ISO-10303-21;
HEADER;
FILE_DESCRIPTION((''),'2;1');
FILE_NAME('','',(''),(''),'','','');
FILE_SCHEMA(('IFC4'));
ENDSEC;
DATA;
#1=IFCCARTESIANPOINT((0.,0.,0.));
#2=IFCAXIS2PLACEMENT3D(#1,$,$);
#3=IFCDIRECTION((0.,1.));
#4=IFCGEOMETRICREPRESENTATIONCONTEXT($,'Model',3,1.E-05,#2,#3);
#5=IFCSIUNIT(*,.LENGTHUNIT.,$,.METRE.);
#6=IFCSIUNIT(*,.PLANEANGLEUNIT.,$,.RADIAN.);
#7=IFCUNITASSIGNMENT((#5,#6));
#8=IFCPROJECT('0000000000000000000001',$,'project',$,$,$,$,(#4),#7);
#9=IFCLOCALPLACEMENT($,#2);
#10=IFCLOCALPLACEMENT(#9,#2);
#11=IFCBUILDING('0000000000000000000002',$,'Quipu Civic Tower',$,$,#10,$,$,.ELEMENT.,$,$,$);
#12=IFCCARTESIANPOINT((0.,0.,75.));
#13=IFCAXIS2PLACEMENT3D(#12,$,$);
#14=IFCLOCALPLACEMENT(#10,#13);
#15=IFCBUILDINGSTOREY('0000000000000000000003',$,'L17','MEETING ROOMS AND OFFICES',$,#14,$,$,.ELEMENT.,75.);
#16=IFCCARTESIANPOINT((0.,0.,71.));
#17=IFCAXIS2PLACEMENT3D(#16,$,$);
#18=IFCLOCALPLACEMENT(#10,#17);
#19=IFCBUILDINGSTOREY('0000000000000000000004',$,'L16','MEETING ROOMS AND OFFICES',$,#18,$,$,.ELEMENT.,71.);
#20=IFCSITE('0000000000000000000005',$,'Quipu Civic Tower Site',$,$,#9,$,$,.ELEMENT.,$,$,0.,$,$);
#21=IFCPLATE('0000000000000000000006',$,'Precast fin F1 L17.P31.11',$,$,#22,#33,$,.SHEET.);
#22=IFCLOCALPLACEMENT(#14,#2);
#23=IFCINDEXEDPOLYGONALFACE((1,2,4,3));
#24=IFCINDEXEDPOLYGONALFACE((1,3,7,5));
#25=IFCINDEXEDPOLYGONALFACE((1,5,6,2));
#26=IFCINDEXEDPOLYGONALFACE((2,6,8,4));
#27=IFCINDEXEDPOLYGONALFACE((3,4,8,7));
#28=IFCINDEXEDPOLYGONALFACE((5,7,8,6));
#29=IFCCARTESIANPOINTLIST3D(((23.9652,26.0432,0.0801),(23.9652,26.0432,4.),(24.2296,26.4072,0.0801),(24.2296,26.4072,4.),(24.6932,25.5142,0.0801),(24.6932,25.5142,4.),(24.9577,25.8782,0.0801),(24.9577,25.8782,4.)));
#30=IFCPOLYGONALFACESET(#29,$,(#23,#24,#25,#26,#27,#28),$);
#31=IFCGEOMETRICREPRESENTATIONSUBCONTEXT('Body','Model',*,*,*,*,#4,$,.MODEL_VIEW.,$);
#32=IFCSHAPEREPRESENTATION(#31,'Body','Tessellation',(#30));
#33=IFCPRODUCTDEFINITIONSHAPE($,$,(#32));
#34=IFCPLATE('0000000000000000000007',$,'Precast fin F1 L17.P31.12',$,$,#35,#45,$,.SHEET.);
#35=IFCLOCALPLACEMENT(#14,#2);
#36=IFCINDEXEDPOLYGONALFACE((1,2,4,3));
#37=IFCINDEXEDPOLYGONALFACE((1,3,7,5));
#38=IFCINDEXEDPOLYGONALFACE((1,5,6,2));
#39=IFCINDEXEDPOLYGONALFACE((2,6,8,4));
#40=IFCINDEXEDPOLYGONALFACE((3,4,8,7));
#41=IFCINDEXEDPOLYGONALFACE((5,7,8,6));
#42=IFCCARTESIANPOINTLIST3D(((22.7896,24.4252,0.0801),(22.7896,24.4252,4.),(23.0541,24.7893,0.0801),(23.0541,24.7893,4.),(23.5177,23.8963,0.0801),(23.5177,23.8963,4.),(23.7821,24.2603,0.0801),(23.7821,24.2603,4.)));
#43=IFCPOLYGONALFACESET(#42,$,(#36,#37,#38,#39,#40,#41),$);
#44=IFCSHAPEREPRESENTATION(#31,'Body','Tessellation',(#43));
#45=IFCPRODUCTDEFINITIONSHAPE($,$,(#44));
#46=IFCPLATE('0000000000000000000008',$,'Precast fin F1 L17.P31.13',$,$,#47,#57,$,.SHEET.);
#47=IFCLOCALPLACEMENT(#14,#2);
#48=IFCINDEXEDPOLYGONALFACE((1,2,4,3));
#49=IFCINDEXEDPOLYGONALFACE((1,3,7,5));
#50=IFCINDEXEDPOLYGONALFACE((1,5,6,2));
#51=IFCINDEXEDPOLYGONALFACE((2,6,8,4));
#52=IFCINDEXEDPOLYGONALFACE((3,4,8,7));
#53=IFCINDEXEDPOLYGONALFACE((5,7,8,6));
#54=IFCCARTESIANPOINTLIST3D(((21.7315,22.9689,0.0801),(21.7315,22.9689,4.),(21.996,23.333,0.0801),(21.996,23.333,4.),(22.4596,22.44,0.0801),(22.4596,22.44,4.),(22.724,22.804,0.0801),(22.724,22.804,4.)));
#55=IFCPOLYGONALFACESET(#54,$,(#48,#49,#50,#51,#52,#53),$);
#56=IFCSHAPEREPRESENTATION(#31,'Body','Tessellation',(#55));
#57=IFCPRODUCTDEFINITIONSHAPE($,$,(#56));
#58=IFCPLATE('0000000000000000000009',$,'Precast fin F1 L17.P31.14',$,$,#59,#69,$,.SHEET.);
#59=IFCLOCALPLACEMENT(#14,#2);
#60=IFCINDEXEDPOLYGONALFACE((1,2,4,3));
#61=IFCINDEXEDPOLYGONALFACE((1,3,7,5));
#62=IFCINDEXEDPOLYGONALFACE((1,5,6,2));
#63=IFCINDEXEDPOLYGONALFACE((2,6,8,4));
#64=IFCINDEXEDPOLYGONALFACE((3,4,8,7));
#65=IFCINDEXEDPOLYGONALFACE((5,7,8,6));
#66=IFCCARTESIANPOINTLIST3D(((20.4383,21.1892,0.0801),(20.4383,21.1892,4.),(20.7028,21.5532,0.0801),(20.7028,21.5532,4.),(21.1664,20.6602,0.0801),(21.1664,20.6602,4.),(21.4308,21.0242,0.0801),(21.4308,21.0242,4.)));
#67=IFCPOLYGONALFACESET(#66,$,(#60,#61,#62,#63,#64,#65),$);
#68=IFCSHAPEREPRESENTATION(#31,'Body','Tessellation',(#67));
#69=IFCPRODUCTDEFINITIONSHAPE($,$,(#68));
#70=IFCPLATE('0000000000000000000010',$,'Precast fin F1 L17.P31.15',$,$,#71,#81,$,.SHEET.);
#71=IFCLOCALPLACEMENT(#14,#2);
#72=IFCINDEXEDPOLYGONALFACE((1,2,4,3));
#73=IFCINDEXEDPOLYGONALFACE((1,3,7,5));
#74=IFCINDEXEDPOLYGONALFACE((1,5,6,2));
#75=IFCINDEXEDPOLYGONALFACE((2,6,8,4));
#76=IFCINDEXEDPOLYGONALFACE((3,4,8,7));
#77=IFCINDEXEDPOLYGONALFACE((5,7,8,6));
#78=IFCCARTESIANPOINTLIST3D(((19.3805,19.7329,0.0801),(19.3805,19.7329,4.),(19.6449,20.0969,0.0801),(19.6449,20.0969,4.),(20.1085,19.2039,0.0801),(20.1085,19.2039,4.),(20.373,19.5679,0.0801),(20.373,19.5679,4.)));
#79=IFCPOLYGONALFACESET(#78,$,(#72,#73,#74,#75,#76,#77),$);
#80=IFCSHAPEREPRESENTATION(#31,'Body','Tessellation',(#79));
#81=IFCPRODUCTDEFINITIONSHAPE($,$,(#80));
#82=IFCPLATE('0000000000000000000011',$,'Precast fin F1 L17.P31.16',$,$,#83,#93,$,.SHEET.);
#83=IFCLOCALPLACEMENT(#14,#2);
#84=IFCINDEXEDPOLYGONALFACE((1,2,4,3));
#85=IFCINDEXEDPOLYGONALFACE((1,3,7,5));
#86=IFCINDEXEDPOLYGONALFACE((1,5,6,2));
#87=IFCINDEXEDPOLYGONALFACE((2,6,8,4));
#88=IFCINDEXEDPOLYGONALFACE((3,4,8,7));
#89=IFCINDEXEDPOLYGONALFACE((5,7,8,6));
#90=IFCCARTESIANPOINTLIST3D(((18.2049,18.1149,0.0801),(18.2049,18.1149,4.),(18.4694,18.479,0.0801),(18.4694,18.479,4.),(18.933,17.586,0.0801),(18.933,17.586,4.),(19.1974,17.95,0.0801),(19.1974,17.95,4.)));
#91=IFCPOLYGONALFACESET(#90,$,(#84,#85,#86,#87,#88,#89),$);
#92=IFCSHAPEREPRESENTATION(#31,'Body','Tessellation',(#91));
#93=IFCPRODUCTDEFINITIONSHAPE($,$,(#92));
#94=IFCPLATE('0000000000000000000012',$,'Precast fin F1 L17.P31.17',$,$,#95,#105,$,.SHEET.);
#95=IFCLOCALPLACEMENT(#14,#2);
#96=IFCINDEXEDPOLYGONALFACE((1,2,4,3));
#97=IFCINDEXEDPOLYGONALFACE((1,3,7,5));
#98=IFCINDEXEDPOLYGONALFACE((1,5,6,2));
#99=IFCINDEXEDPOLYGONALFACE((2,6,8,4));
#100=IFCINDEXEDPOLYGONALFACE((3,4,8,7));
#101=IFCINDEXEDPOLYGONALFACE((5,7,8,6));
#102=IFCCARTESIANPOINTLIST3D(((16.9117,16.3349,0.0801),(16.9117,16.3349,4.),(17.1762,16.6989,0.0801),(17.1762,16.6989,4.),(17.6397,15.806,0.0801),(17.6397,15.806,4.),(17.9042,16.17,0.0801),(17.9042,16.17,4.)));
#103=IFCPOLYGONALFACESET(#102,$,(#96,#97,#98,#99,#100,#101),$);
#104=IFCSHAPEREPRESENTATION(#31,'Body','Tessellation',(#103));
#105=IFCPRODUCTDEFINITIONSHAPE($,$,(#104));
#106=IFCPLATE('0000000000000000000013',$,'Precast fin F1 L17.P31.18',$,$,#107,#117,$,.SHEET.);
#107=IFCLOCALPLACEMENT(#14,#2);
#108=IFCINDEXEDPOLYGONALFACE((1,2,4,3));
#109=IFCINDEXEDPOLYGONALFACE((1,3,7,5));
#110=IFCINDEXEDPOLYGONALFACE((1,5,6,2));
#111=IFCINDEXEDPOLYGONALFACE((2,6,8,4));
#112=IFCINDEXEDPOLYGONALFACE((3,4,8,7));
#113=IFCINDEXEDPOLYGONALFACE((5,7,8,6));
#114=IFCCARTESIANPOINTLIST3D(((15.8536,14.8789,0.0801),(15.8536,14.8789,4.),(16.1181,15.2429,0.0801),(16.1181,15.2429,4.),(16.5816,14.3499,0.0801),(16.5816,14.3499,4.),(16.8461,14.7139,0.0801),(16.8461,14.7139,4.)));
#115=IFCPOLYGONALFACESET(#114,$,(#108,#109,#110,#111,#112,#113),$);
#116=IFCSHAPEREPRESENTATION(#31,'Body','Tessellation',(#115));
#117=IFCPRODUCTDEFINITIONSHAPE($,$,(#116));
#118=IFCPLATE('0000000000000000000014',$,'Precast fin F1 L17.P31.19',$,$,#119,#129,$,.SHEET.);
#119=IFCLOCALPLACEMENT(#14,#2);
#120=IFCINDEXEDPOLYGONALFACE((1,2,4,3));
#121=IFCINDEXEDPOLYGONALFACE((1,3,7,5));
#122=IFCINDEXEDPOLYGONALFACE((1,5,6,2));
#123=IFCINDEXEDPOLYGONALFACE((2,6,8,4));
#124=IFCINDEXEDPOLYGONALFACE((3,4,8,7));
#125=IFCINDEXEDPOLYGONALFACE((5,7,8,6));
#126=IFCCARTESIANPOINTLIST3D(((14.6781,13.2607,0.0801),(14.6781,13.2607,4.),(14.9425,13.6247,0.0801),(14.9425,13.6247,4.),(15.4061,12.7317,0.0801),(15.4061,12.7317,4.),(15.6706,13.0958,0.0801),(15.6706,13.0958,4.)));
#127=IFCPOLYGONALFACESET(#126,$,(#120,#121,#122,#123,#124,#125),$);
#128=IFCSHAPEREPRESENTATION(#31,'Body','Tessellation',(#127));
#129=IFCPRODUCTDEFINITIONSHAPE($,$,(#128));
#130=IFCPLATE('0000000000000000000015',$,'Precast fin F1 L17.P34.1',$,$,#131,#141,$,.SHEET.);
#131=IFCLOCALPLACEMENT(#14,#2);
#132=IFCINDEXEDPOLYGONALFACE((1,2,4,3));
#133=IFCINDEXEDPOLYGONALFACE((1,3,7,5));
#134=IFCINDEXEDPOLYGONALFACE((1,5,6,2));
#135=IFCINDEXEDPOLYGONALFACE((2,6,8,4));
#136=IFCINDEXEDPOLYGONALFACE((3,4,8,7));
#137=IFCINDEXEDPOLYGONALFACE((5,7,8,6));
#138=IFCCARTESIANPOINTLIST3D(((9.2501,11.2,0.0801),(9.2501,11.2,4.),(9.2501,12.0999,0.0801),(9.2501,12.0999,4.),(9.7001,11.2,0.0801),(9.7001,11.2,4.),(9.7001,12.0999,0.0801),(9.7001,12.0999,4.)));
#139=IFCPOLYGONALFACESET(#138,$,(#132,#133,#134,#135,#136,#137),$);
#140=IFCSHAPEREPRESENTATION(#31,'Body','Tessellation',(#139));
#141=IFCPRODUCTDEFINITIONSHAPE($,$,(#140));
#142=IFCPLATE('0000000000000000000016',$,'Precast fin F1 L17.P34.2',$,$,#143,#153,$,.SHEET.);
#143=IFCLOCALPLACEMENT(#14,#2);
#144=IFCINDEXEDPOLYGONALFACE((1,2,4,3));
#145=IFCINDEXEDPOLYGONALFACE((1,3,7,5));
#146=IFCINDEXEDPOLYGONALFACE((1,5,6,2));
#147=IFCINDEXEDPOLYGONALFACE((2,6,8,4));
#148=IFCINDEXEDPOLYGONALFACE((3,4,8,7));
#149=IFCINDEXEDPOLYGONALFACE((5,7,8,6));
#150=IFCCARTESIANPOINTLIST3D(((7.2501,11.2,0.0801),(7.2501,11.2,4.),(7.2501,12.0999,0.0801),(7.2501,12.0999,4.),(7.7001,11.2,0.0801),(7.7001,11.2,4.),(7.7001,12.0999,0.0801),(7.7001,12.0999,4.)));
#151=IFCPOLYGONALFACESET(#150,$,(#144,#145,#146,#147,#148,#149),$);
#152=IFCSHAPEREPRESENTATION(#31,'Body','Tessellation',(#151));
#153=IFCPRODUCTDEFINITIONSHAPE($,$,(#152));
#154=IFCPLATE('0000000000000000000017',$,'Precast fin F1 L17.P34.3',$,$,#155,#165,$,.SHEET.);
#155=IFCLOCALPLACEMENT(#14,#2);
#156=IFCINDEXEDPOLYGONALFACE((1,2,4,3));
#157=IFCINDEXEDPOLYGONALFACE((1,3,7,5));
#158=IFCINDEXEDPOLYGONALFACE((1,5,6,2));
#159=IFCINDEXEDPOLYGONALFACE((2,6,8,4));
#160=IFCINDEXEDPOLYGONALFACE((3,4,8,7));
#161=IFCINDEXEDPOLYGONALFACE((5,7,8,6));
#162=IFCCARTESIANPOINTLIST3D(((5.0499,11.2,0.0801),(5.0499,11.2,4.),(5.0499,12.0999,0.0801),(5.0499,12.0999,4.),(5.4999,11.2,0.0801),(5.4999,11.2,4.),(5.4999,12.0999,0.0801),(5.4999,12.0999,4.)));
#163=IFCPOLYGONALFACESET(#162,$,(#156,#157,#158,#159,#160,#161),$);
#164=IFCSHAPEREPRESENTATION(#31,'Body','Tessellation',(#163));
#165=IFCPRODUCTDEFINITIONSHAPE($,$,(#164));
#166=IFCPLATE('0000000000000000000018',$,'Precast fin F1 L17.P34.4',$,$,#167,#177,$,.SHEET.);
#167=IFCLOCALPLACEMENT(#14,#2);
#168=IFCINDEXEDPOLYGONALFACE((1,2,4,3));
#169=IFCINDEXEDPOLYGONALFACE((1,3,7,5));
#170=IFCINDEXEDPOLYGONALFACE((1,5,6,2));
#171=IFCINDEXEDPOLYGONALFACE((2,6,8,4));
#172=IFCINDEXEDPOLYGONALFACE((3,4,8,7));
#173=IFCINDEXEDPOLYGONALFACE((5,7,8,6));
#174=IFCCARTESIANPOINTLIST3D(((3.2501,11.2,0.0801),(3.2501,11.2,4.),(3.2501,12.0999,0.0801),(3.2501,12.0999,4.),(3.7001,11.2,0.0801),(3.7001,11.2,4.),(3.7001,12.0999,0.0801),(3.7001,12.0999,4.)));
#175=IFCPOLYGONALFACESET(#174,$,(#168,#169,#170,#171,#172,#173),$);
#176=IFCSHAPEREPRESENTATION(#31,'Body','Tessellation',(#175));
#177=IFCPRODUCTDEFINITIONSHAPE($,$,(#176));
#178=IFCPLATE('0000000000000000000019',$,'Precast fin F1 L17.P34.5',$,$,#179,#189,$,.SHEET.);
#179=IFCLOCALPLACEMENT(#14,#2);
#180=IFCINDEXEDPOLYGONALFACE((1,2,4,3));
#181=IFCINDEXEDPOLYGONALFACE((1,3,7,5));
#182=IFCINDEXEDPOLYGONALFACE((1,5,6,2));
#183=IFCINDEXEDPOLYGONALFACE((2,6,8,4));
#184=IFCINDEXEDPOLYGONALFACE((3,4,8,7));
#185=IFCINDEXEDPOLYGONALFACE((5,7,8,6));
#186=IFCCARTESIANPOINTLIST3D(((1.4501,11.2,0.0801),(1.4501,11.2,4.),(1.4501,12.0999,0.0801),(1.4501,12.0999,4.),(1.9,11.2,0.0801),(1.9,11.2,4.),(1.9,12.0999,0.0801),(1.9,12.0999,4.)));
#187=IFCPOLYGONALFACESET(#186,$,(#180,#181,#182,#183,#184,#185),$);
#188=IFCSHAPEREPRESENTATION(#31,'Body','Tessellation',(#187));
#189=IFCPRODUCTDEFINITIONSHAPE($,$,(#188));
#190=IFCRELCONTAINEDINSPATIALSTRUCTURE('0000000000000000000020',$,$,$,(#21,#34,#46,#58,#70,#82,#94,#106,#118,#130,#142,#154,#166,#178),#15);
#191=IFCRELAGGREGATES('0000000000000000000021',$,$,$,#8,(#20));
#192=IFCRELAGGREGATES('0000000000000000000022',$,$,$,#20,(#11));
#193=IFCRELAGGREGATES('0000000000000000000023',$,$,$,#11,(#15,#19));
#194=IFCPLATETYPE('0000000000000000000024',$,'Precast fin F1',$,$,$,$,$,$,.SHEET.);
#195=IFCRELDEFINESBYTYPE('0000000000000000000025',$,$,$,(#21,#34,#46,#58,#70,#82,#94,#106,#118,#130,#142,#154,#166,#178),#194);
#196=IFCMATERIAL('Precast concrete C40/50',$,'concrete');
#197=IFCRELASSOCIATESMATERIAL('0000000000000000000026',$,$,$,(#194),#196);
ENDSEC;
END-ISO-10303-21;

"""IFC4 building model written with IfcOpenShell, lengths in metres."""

from ifc_helpers import new_model, si_unit, direction, frame, origin, origin_2d, place, context, subcontext, project, spatial, rectangle, extrude, material, type_object, element, save


model = new_model("IFC4")

# Units and contexts
model_context = context("Model", 3, precision=1e-05, world=origin(), true_north=direction((0.0, 1.0)))
body_context = subcontext(model_context, "Body", "Model", "MODEL_VIEW")
ifc_project = project(units=[si_unit("LENGTHUNIT", "METRE"), si_unit("PLANEANGLEUNIT", "RADIAN")], contexts=[model_context])

# Site, building, storey
site_placement = place(None, origin())
site = spatial("IfcSite", under=ifc_project, at=site_placement, Name="Quipu Civic Tower Site", CompositionType="ELEMENT", RefElevation=0.0)
building_placement = place(site_placement, origin())
building = spatial("IfcBuilding", under=site, at=building_placement, Name="Quipu Civic Tower", CompositionType="ELEMENT")
storey_1_placement = place(building_placement, frame((0.0, 0.0, 75.0)))
storey_1 = spatial("IfcBuildingStorey", under=building, at=storey_1_placement, Name="L17", Description="MEETING ROOMS AND OFFICES", CompositionType="ELEMENT", Elevation=75.0)

# Shared definitions
storey_2_placement = place(building_placement, frame((0.0, 0.0, 71.0)))
storey_2 = spatial("IfcBuildingStorey", under=building, at=storey_2_placement, Name="L16", Description="MEETING ROOMS AND OFFICES", CompositionType="ELEMENT", Elevation=71.0)

# Plates
ifc_material_1 = material(Name="Precast concrete C40/50", Category="concrete")
plate_type_1 = type_object("IfcPlateType", Name="Precast fin F1", PredefinedType="SHEET", material=ifc_material_1)
for number, where, z_axis, x_axis, name in (
    (1, (24.4614, 25.9607, 0.0801), (0.0, 0.0, 1.0), (-0.587785, -0.809017, 0.0), "Precast fin F1 L17.P31.11"),
    (2, (23.2859, 24.3428, 0.0801), (0.0, 0.0, 1.0), (-0.587785, -0.809017, 0.0), "Precast fin F1 L17.P31.12"),
    (3, (22.2278, 22.8865, 0.0801), (0.0, 0.0, 1.0), (-0.587785, -0.809017, 0.0), "Precast fin F1 L17.P31.13"),
    (4, (20.9346, 21.1067, 0.0801), (0.0, 0.0, 1.0), (-0.587785, -0.809017, 0.0), "Precast fin F1 L17.P31.14"),
    (5, (19.8767, 19.6504, 0.0801), (0.0, 0.0, 1.0), (-0.587785, -0.809017, 0.0), "Precast fin F1 L17.P31.15"),
    (6, (18.7012, 18.0325, 0.0801), (0.0, 0.0, 1.0), (-0.587785, -0.809017, 0.0), "Precast fin F1 L17.P31.16"),
    (7, (17.408, 16.2524, 0.0801), (0.0, 0.0, 1.0), (-0.587785, -0.809017, 0.0), "Precast fin F1 L17.P31.17"),
    (8, (16.3499, 14.7964, 0.0801), (0.0, 0.0, 1.0), (-0.587785, -0.809017, 0.0), "Precast fin F1 L17.P31.18"),
    (9, (15.1743, 13.1782, 0.0801), (0.0, 0.0, 1.0), (-0.587785, -0.809017, 0.0), "Precast fin F1 L17.P31.19"),
    (10, (9.4751, 11.6499, 0.0801), (0.0, 0.0, 1.0), (-1.0, 0.0, 0.0), "Precast fin F1 L17.P34.1"),
    (11, (7.4751, 11.6499, 0.0801), (0.0, 0.0, 1.0), (-1.0, 0.0, 0.0), "Precast fin F1 L17.P34.2"),
    (12, (5.2749, 11.6499, 0.0801), (0.0, 0.0, 1.0), (-1.0, 0.0, 0.0), "Precast fin F1 L17.P34.3"),
    (13, (3.4751, 11.6499, 0.0801), (0.0, 0.0, 1.0), (-1.0, 0.0, 0.0), "Precast fin F1 L17.P34.4"),
    (14, (1.675, 11.6499, 0.0801), (0.0, 0.0, 1.0), (-1.0, 0.0, 0.0), "Precast fin F1 L17.P34.5"),
):
    element("IfcPlate", number, at=place(storey_1_placement, frame(where, z_axis=z_axis, x_axis=x_axis)), inside=storey_1, type_object=plate_type_1, Name=name, PredefinedType="SHEET", context=body_context, shape_type="SweptSolid", body=[
        extrude(rectangle(XDim=0.45, YDim=0.8999, at=origin_2d()), origin(), (0.0, 0.0, 1.0), 3.9199),
    ])

save(model, "model.ifc")
